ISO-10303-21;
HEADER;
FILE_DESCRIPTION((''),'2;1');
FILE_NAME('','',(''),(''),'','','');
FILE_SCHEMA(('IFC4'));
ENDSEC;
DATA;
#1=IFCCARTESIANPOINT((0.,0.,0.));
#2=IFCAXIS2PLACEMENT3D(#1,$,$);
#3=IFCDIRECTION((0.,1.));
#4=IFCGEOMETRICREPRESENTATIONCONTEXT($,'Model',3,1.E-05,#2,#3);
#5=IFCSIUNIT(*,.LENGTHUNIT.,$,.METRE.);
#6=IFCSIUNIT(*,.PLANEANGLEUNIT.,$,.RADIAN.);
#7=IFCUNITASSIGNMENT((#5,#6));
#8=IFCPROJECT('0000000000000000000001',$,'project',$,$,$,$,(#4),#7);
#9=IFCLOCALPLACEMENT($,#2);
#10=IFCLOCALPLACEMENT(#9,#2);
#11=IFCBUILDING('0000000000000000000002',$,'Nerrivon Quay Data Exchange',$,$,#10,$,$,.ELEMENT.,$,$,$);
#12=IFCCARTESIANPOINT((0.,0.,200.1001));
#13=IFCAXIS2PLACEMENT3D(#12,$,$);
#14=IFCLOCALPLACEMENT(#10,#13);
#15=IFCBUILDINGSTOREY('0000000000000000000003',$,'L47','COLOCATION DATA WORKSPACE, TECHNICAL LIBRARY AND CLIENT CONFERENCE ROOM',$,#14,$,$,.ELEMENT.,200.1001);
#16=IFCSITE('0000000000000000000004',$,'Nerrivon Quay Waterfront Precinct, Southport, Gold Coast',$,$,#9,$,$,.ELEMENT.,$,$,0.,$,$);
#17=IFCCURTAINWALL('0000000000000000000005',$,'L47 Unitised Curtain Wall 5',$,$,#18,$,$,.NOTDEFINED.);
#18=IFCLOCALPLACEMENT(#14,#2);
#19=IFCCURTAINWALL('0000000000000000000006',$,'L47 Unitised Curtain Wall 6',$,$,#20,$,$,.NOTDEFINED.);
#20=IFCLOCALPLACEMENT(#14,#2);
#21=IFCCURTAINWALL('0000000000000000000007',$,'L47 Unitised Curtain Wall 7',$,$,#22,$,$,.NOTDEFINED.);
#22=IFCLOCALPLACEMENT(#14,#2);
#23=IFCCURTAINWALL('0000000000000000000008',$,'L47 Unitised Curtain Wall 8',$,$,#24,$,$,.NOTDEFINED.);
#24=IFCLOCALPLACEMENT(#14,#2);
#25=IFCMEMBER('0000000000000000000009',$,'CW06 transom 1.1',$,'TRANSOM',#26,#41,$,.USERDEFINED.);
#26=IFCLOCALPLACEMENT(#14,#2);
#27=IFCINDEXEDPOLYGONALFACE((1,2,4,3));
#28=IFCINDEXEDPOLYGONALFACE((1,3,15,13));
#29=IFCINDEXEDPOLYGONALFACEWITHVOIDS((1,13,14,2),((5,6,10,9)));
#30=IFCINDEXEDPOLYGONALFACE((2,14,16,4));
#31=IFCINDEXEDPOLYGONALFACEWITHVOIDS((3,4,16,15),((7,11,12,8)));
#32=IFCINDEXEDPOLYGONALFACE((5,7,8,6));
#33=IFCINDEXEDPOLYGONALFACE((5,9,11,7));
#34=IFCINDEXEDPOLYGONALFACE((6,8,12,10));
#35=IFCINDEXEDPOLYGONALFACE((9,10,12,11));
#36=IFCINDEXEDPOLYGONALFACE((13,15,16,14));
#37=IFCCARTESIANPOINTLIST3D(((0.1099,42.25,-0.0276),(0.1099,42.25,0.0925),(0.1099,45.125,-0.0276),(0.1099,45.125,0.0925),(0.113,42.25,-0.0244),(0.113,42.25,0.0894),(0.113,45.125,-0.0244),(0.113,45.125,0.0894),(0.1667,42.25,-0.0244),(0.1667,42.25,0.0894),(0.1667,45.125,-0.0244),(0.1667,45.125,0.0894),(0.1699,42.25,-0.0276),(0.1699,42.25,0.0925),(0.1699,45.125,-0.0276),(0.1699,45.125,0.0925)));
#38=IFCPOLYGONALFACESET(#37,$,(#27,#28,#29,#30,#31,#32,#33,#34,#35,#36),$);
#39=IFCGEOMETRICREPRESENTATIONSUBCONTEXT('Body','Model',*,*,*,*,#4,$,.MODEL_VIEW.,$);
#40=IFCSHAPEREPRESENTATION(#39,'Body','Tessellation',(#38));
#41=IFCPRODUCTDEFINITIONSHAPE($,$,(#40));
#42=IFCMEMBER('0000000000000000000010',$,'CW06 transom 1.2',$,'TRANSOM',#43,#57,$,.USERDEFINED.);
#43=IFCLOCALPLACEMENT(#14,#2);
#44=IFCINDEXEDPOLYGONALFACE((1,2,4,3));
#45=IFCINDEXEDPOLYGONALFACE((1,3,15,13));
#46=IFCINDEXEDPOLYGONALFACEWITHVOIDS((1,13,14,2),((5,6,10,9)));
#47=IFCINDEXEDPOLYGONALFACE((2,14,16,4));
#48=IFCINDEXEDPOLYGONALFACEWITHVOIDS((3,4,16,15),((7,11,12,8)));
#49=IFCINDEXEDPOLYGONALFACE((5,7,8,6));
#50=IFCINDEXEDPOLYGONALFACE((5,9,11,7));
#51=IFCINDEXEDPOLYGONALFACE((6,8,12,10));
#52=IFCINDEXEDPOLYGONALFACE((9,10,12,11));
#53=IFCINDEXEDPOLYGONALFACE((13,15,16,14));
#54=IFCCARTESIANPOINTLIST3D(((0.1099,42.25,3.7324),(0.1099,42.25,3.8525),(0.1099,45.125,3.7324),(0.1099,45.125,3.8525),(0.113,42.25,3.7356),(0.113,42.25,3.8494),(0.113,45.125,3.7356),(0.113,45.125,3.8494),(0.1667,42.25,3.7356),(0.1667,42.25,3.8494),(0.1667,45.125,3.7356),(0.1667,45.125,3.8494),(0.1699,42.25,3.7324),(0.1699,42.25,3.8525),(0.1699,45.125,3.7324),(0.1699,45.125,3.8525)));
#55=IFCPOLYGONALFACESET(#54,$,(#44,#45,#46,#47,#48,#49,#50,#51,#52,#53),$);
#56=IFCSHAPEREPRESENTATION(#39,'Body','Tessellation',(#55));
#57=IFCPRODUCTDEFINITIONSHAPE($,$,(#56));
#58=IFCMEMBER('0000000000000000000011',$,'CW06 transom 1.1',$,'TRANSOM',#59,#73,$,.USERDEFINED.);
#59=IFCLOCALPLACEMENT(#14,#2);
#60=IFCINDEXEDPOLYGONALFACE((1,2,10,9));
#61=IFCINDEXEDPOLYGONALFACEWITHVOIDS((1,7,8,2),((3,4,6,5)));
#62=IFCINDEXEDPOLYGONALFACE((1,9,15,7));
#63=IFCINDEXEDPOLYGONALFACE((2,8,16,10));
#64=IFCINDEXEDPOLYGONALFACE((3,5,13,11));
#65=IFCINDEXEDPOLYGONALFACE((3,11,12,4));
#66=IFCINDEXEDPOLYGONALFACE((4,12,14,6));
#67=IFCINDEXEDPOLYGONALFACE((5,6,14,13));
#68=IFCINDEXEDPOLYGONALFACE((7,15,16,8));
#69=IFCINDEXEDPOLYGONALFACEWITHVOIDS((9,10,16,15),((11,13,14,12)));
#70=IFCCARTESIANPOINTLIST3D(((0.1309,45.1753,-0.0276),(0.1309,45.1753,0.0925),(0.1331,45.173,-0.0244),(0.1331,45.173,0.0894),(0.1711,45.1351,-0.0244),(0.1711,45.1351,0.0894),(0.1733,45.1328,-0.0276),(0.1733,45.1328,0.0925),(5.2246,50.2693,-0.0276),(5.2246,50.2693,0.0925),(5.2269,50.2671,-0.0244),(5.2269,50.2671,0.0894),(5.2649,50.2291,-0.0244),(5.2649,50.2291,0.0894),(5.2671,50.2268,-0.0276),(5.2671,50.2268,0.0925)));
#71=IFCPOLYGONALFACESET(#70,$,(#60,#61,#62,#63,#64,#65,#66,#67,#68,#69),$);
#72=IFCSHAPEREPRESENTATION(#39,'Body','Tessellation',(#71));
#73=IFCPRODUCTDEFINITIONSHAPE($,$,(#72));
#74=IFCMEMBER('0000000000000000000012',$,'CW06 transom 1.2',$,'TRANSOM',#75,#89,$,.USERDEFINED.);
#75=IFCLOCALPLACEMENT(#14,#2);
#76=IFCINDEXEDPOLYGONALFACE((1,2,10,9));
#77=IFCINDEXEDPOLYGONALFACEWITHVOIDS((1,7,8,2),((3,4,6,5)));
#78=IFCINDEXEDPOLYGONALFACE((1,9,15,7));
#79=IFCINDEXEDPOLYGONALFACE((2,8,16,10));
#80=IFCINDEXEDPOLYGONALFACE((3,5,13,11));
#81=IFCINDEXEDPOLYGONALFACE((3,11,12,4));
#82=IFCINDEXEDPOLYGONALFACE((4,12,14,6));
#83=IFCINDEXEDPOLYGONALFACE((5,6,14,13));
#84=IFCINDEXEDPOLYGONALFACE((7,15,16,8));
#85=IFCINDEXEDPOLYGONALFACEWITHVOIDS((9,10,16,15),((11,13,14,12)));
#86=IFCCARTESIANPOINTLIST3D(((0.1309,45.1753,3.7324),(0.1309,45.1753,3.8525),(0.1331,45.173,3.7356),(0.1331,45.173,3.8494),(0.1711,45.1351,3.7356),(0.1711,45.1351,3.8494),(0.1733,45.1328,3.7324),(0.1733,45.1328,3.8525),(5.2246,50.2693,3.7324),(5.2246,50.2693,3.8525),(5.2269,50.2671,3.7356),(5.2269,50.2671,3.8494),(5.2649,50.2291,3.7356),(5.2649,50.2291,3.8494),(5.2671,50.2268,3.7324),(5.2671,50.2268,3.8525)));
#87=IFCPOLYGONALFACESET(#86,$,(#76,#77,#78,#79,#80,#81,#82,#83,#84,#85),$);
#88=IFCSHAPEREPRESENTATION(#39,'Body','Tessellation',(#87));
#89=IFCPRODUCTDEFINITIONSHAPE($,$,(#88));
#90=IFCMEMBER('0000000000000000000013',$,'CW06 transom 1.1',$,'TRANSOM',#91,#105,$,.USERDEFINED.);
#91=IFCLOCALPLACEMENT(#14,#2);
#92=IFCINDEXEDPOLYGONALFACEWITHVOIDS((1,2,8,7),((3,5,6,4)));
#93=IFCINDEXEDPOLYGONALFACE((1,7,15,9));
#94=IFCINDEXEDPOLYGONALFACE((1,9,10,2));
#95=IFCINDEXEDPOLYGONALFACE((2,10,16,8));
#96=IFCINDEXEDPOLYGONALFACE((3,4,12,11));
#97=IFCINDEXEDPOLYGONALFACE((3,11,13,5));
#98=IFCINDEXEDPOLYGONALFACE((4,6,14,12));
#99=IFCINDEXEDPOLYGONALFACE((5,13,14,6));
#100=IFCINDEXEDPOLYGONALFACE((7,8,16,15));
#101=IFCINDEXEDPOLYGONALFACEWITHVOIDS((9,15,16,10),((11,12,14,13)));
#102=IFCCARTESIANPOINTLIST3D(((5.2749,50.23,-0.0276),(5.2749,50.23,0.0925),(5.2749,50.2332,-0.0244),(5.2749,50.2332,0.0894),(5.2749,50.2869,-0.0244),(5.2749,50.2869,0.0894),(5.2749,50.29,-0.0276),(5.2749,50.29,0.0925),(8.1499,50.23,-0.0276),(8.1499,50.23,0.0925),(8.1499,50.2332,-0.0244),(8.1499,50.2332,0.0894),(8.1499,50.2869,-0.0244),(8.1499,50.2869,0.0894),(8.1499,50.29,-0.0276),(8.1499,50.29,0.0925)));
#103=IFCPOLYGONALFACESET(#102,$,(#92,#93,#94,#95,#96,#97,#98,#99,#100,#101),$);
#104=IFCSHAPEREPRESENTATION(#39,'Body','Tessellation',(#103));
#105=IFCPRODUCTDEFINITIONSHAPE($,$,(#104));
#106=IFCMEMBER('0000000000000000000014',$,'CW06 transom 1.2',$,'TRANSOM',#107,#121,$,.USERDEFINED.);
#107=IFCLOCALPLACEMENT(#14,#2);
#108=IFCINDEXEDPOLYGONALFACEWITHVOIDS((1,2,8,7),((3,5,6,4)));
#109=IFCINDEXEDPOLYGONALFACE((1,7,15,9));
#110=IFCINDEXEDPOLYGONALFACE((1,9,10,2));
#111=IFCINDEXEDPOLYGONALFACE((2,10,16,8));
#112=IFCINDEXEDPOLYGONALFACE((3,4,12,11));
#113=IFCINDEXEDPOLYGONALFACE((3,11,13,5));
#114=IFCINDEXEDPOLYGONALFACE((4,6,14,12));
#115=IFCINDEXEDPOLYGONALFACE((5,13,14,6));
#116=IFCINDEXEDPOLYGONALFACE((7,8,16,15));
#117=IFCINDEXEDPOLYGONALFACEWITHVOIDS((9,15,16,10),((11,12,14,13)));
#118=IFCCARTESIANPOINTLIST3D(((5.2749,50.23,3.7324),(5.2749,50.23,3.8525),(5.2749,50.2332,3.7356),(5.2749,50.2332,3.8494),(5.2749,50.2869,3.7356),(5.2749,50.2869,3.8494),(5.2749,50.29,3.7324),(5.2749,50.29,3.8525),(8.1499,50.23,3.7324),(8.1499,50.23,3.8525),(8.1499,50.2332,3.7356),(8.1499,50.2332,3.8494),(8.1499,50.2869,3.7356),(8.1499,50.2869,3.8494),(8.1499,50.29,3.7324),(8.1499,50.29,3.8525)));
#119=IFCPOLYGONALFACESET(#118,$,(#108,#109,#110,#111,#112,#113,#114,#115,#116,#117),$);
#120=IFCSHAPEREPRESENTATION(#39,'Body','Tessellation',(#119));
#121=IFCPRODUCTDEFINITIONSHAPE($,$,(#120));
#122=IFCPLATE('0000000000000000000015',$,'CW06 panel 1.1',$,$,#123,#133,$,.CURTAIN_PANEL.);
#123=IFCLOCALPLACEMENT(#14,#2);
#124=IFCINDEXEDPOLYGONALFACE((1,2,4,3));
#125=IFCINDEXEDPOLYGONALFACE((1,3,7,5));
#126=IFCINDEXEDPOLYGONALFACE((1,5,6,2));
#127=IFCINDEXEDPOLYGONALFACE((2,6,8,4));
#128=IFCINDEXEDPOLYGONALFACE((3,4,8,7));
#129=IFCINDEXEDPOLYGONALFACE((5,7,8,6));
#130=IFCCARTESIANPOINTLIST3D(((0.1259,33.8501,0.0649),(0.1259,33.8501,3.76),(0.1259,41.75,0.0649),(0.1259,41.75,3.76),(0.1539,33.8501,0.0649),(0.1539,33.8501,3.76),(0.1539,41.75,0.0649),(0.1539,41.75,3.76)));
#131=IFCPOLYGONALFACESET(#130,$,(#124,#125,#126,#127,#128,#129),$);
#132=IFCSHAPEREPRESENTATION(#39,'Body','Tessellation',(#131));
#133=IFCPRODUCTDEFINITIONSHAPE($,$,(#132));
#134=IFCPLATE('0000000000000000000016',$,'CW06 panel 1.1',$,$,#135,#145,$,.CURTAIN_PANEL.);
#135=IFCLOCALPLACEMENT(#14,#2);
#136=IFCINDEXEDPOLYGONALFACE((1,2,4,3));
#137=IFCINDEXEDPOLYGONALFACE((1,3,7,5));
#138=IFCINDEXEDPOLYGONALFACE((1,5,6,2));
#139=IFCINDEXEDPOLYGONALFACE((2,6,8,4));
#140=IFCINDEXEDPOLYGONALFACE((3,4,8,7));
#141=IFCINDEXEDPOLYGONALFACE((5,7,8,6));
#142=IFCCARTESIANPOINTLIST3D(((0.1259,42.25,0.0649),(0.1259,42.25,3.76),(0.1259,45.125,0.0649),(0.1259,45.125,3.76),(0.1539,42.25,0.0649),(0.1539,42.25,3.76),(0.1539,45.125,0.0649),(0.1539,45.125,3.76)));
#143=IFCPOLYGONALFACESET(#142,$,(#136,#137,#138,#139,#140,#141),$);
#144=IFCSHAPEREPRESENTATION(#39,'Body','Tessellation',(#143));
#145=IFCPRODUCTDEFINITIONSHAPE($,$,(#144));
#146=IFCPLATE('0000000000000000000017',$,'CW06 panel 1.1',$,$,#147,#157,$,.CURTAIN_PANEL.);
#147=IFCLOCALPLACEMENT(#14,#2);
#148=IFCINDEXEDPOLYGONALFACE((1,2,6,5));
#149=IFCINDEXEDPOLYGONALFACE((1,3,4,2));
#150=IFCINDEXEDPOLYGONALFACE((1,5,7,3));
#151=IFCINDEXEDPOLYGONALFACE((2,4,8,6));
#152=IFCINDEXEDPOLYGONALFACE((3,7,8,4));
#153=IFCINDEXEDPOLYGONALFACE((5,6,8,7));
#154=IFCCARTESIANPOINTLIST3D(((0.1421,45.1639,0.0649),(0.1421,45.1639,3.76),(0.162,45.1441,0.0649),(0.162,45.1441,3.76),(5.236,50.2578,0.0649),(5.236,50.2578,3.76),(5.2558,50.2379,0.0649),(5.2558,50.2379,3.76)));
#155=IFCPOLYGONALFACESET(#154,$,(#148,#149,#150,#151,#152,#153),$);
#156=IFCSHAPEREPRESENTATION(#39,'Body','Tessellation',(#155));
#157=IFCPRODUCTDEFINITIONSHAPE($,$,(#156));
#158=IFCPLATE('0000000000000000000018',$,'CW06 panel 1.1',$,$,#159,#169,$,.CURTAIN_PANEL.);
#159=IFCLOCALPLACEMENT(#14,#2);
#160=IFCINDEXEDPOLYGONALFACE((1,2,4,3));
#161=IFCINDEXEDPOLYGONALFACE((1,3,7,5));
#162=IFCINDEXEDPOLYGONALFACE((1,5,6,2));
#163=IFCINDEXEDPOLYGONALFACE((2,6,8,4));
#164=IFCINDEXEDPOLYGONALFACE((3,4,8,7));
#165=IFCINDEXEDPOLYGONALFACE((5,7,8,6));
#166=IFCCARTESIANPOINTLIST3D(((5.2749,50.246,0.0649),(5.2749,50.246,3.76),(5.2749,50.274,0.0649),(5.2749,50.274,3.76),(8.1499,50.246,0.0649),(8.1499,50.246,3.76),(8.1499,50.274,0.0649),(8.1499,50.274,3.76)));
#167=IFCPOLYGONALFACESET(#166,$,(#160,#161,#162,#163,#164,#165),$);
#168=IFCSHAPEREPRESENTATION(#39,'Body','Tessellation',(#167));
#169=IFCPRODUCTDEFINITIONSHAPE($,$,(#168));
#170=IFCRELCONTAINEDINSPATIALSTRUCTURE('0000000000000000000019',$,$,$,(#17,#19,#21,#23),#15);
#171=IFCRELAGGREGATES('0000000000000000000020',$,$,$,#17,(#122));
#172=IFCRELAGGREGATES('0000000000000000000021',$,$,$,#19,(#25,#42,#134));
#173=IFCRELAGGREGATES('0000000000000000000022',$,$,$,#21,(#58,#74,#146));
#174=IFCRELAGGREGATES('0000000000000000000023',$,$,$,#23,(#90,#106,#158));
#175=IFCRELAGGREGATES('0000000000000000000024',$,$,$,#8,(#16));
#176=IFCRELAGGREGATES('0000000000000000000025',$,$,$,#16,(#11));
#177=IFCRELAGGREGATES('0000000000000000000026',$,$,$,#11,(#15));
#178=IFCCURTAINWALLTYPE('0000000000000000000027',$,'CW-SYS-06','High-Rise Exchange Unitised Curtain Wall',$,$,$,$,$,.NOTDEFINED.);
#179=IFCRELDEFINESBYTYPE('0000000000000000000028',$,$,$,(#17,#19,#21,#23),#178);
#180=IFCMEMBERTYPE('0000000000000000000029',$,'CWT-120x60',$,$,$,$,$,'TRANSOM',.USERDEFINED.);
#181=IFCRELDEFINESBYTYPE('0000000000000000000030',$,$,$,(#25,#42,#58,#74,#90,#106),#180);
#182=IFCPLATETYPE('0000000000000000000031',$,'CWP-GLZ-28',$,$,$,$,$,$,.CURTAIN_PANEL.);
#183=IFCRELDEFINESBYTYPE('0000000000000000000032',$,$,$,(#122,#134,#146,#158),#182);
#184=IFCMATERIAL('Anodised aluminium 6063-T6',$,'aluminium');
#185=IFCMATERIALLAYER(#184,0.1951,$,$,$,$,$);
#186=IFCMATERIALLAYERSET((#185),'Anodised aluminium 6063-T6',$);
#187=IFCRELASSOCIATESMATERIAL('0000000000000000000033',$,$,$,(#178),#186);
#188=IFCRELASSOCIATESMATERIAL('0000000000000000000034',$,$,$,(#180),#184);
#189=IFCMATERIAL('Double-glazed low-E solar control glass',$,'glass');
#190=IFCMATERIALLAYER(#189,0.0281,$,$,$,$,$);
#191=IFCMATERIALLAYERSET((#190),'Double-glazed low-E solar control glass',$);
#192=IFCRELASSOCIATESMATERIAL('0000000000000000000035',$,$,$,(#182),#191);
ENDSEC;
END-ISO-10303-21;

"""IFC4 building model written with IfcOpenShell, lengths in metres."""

from ifc_helpers import new_model, si_unit, direction, frame, origin, origin_2d, place, context, subcontext, project, spatial, rectangle, hollow_rectangle, extrude, material, layer, layer_set, material_profile, profile_set, type_object, element, aggregate, save


model = new_model("IFC4")

# Units and contexts
model_context = context("Model", 3, precision=1e-05, world=origin(), true_north=direction((0.0, 1.0)))
body_context = subcontext(model_context, "Body", "Model", "MODEL_VIEW")
ifc_project = project(units=[si_unit("LENGTHUNIT", "METRE"), si_unit("PLANEANGLEUNIT", "RADIAN")], contexts=[model_context])

# Site, building, storey
site_placement = place(None, origin())
site = spatial("IfcSite", under=ifc_project, at=site_placement, Name="Nerrivon Quay Waterfront Precinct, Southport, Gold Coast", CompositionType="ELEMENT", RefElevation=0.0)
building_placement = place(site_placement, origin())
building = spatial("IfcBuilding", under=site, at=building_placement, Name="Nerrivon Quay Data Exchange", CompositionType="ELEMENT")
storey_placement = place(building_placement, frame((0.0, 0.0, 200.1001)))
storey = spatial("IfcBuildingStorey", under=building, at=storey_placement, Name="L47", Description="COLOCATION DATA WORKSPACE, TECHNICAL LIBRARY AND CLIENT CONFERENCE ROOM", CompositionType="ELEMENT", Elevation=200.1001)

# Curtain wall
ifc_material_1 = material(Name="Anodised aluminium 6063-T6", Category="aluminium")
ifc_layer_1 = layer(ifc_material_1, 0.1951)
ifc_layer_set_1 = layer_set([ifc_layer_1], Name="Anodised aluminium 6063-T6")
curtain_wall_type = type_object("IfcCurtainWallType", Name="CW-SYS-06", Description="High-Rise Exchange Unitised Curtain Wall", PredefinedType="NOTDEFINED", material=ifc_layer_set_1)
curtain_wall_1_placement = place(storey_placement, origin())
curtain_wall_1 = element("IfcCurtainWall", 1, at=curtain_wall_1_placement, inside=storey, type_object=curtain_wall_type, Name="L47 Unitised Curtain Wall 5", PredefinedType="NOTDEFINED")

# Curtain walls
curtain_wall_2_placement = place(storey_placement, origin())
curtain_wall_2 = element("IfcCurtainWall", 2, at=curtain_wall_2_placement, inside=storey, type_object=curtain_wall_type, Name="L47 Unitised Curtain Wall 6", PredefinedType="NOTDEFINED")
curtain_wall_3_placement = place(storey_placement, origin())
curtain_wall_3 = element("IfcCurtainWall", 3, at=curtain_wall_3_placement, inside=storey, type_object=curtain_wall_type, Name="L47 Unitised Curtain Wall 7", PredefinedType="NOTDEFINED")

# Curtain wall
curtain_wall_4_placement = place(storey_placement, origin())
curtain_wall_4 = element("IfcCurtainWall", 4, at=curtain_wall_4_placement, inside=storey, type_object=curtain_wall_type, Name="L47 Unitised Curtain Wall 8", PredefinedType="NOTDEFINED")

# Members
ifc_material_profile_1 = material_profile(ifc_material_1, hollow_rectangle(XDim=0.0601, YDim=0.1201, WallThickness=0.0032, at=origin_2d()), Name="ALU-TRAN-120x60")
ifc_profile_set_1 = profile_set([ifc_material_profile_1], Name="Anodised aluminium 6063-T6")
member_type_1 = type_object("IfcMemberType", Name="CWT-120x60", ElementType="TRANSOM", PredefinedType="USERDEFINED", material=ifc_profile_set_1)
member_1_placement = place(storey_placement, frame((0.1399, 42.25, 0.0325), z_axis=(0.0, 1.0, 0.0), x_axis=(-1.0, 0.0, 0.0)))
member_1 = element("IfcMember", 5, at=member_1_placement, type_object=member_type_1, Name="CW06 transom 1.1", ObjectType="TRANSOM", PredefinedType="USERDEFINED", context=body_context, shape_type="SweptSolid", body=[
    extrude(hollow_rectangle(XDim=0.0601, YDim=0.1201, WallThickness=0.0032, at=origin_2d()), origin(), (0.0, 0.0, 1.0), 2.875),
])
member_2_placement = place(storey_placement, frame((0.1399, 42.25, 3.7925), z_axis=(0.0, 1.0, 0.0), x_axis=(-1.0, 0.0, 0.0)))
member_2 = element("IfcMember", 6, at=member_2_placement, type_object=member_type_1, Name="CW06 transom 1.2", ObjectType="TRANSOM", PredefinedType="USERDEFINED", context=body_context, shape_type="SweptSolid", body=[
    extrude(hollow_rectangle(XDim=0.0601, YDim=0.1201, WallThickness=0.0032, at=origin_2d()), origin(), (0.0, 0.0, 1.0), 2.875),
])
member_3_placement = place(storey_placement, frame((0.1521, 45.1541, 0.0325), z_axis=(0.70709, 0.707124, 0.0), x_axis=(-0.707124, 0.70709, 0.0)))
member_3 = element("IfcMember", 7, at=member_3_placement, type_object=member_type_1, Name="CW06 transom 1.1", ObjectType="TRANSOM", PredefinedType="USERDEFINED", context=body_context, shape_type="SweptSolid", body=[
    extrude(hollow_rectangle(XDim=0.0601, YDim=0.1201, WallThickness=0.0032, at=origin_2d()), origin(), (0.0, 0.0, 1.0), 7.2039),
])
member_4_placement = place(storey_placement, frame((0.1521, 45.1541, 3.7925), z_axis=(0.70709, 0.707124, 0.0), x_axis=(-0.707124, 0.70709, 0.0)))
member_4 = element("IfcMember", 8, at=member_4_placement, type_object=member_type_1, Name="CW06 transom 1.2", ObjectType="TRANSOM", PredefinedType="USERDEFINED", context=body_context, shape_type="SweptSolid", body=[
    extrude(hollow_rectangle(XDim=0.0601, YDim=0.1201, WallThickness=0.0032, at=origin_2d()), origin(), (0.0, 0.0, 1.0), 7.2039),
])
member_5_placement = place(storey_placement, frame((5.2749, 50.26, 0.0325), z_axis=(1.0, 0.0, 0.0), x_axis=(0.0, 1.0, 0.0)))
member_5 = element("IfcMember", 9, at=member_5_placement, type_object=member_type_1, Name="CW06 transom 1.1", ObjectType="TRANSOM", PredefinedType="USERDEFINED", context=body_context, shape_type="SweptSolid", body=[
    extrude(hollow_rectangle(XDim=0.0601, YDim=0.1201, WallThickness=0.0032, at=origin_2d()), origin(), (0.0, 0.0, 1.0), 2.875),
])
member_6_placement = place(storey_placement, frame((5.2749, 50.26, 3.7925), z_axis=(1.0, 0.0, 0.0), x_axis=(0.0, 1.0, 0.0)))
member_6 = element("IfcMember", 10, at=member_6_placement, type_object=member_type_1, Name="CW06 transom 1.2", ObjectType="TRANSOM", PredefinedType="USERDEFINED", context=body_context, shape_type="SweptSolid", body=[
    extrude(hollow_rectangle(XDim=0.0601, YDim=0.1201, WallThickness=0.0032, at=origin_2d()), origin(), (0.0, 0.0, 1.0), 2.875),
])

# Plates
ifc_material_2 = material(Name="Double-glazed low-E solar control glass", Category="glass")
ifc_layer_2 = layer(ifc_material_2, 0.0281)
ifc_layer_set_2 = layer_set([ifc_layer_2], Name="Double-glazed low-E solar control glass")
plate_type = type_object("IfcPlateType", Name="CWP-GLZ-28", PredefinedType="CURTAIN_PANEL", material=ifc_layer_set_2)
plate_1_placement = place(storey_placement, frame((0.1399, 37.8, 0.0649), z_axis=(0.0, 0.0, 1.0), x_axis=(0.0, 1.0, 0.0)))
plate_1 = element("IfcPlate", 11, at=plate_1_placement, type_object=plate_type, Name="CW06 panel 1.1", PredefinedType="CURTAIN_PANEL", context=body_context, shape_type="SweptSolid", body=[
    extrude(rectangle(XDim=7.8999, YDim=0.0281, at=origin_2d()), origin(), (0.0, 0.0, 1.0), 3.6951),
])
aggregate(curtain_wall_1, [plate_1])
plate_2_placement = place(storey_placement, frame((0.1399, 43.6875, 0.0649), z_axis=(0.0, 0.0, 1.0), x_axis=(0.0, 1.0, 0.0)))
plate_2 = element("IfcPlate", 12, at=plate_2_placement, type_object=plate_type, Name="CW06 panel 1.1", PredefinedType="CURTAIN_PANEL", context=body_context, shape_type="SweptSolid", body=[
    extrude(rectangle(XDim=2.875, YDim=0.0281, at=origin_2d()), origin(), (0.0, 0.0, 1.0), 3.6951),
])
aggregate(curtain_wall_2, [member_1, member_2, plate_2])
plate_3_placement = place(storey_placement, frame((2.699, 47.7009, 0.0649), z_axis=(0.0, 0.0, 1.0), x_axis=(0.707107, 0.707107, 0.0)))
plate_3 = element("IfcPlate", 13, at=plate_3_placement, type_object=plate_type, Name="CW06 panel 1.1", PredefinedType="CURTAIN_PANEL", context=body_context, shape_type="SweptSolid", body=[
    extrude(rectangle(XDim=7.2039, YDim=0.0281, at=origin_2d()), origin(), (0.0, 0.0, 1.0), 3.6951),
])
aggregate(curtain_wall_3, [member_3, member_4, plate_3])
plate_4_placement = place(storey_placement, frame((6.7124, 50.26, 0.0649), z_axis=(0.0, 0.0, 1.0), x_axis=(1.0, 0.0, 0.0)))
plate_4 = element("IfcPlate", 14, at=plate_4_placement, type_object=plate_type, Name="CW06 panel 1.1", PredefinedType="CURTAIN_PANEL", context=body_context, shape_type="SweptSolid", body=[
    extrude(rectangle(XDim=2.875, YDim=0.0281, at=origin_2d()), origin(), (0.0, 0.0, 1.0), 3.6951),
])
aggregate(curtain_wall_4, [member_5, member_6, plate_4])

save(model, "model.ifc")
